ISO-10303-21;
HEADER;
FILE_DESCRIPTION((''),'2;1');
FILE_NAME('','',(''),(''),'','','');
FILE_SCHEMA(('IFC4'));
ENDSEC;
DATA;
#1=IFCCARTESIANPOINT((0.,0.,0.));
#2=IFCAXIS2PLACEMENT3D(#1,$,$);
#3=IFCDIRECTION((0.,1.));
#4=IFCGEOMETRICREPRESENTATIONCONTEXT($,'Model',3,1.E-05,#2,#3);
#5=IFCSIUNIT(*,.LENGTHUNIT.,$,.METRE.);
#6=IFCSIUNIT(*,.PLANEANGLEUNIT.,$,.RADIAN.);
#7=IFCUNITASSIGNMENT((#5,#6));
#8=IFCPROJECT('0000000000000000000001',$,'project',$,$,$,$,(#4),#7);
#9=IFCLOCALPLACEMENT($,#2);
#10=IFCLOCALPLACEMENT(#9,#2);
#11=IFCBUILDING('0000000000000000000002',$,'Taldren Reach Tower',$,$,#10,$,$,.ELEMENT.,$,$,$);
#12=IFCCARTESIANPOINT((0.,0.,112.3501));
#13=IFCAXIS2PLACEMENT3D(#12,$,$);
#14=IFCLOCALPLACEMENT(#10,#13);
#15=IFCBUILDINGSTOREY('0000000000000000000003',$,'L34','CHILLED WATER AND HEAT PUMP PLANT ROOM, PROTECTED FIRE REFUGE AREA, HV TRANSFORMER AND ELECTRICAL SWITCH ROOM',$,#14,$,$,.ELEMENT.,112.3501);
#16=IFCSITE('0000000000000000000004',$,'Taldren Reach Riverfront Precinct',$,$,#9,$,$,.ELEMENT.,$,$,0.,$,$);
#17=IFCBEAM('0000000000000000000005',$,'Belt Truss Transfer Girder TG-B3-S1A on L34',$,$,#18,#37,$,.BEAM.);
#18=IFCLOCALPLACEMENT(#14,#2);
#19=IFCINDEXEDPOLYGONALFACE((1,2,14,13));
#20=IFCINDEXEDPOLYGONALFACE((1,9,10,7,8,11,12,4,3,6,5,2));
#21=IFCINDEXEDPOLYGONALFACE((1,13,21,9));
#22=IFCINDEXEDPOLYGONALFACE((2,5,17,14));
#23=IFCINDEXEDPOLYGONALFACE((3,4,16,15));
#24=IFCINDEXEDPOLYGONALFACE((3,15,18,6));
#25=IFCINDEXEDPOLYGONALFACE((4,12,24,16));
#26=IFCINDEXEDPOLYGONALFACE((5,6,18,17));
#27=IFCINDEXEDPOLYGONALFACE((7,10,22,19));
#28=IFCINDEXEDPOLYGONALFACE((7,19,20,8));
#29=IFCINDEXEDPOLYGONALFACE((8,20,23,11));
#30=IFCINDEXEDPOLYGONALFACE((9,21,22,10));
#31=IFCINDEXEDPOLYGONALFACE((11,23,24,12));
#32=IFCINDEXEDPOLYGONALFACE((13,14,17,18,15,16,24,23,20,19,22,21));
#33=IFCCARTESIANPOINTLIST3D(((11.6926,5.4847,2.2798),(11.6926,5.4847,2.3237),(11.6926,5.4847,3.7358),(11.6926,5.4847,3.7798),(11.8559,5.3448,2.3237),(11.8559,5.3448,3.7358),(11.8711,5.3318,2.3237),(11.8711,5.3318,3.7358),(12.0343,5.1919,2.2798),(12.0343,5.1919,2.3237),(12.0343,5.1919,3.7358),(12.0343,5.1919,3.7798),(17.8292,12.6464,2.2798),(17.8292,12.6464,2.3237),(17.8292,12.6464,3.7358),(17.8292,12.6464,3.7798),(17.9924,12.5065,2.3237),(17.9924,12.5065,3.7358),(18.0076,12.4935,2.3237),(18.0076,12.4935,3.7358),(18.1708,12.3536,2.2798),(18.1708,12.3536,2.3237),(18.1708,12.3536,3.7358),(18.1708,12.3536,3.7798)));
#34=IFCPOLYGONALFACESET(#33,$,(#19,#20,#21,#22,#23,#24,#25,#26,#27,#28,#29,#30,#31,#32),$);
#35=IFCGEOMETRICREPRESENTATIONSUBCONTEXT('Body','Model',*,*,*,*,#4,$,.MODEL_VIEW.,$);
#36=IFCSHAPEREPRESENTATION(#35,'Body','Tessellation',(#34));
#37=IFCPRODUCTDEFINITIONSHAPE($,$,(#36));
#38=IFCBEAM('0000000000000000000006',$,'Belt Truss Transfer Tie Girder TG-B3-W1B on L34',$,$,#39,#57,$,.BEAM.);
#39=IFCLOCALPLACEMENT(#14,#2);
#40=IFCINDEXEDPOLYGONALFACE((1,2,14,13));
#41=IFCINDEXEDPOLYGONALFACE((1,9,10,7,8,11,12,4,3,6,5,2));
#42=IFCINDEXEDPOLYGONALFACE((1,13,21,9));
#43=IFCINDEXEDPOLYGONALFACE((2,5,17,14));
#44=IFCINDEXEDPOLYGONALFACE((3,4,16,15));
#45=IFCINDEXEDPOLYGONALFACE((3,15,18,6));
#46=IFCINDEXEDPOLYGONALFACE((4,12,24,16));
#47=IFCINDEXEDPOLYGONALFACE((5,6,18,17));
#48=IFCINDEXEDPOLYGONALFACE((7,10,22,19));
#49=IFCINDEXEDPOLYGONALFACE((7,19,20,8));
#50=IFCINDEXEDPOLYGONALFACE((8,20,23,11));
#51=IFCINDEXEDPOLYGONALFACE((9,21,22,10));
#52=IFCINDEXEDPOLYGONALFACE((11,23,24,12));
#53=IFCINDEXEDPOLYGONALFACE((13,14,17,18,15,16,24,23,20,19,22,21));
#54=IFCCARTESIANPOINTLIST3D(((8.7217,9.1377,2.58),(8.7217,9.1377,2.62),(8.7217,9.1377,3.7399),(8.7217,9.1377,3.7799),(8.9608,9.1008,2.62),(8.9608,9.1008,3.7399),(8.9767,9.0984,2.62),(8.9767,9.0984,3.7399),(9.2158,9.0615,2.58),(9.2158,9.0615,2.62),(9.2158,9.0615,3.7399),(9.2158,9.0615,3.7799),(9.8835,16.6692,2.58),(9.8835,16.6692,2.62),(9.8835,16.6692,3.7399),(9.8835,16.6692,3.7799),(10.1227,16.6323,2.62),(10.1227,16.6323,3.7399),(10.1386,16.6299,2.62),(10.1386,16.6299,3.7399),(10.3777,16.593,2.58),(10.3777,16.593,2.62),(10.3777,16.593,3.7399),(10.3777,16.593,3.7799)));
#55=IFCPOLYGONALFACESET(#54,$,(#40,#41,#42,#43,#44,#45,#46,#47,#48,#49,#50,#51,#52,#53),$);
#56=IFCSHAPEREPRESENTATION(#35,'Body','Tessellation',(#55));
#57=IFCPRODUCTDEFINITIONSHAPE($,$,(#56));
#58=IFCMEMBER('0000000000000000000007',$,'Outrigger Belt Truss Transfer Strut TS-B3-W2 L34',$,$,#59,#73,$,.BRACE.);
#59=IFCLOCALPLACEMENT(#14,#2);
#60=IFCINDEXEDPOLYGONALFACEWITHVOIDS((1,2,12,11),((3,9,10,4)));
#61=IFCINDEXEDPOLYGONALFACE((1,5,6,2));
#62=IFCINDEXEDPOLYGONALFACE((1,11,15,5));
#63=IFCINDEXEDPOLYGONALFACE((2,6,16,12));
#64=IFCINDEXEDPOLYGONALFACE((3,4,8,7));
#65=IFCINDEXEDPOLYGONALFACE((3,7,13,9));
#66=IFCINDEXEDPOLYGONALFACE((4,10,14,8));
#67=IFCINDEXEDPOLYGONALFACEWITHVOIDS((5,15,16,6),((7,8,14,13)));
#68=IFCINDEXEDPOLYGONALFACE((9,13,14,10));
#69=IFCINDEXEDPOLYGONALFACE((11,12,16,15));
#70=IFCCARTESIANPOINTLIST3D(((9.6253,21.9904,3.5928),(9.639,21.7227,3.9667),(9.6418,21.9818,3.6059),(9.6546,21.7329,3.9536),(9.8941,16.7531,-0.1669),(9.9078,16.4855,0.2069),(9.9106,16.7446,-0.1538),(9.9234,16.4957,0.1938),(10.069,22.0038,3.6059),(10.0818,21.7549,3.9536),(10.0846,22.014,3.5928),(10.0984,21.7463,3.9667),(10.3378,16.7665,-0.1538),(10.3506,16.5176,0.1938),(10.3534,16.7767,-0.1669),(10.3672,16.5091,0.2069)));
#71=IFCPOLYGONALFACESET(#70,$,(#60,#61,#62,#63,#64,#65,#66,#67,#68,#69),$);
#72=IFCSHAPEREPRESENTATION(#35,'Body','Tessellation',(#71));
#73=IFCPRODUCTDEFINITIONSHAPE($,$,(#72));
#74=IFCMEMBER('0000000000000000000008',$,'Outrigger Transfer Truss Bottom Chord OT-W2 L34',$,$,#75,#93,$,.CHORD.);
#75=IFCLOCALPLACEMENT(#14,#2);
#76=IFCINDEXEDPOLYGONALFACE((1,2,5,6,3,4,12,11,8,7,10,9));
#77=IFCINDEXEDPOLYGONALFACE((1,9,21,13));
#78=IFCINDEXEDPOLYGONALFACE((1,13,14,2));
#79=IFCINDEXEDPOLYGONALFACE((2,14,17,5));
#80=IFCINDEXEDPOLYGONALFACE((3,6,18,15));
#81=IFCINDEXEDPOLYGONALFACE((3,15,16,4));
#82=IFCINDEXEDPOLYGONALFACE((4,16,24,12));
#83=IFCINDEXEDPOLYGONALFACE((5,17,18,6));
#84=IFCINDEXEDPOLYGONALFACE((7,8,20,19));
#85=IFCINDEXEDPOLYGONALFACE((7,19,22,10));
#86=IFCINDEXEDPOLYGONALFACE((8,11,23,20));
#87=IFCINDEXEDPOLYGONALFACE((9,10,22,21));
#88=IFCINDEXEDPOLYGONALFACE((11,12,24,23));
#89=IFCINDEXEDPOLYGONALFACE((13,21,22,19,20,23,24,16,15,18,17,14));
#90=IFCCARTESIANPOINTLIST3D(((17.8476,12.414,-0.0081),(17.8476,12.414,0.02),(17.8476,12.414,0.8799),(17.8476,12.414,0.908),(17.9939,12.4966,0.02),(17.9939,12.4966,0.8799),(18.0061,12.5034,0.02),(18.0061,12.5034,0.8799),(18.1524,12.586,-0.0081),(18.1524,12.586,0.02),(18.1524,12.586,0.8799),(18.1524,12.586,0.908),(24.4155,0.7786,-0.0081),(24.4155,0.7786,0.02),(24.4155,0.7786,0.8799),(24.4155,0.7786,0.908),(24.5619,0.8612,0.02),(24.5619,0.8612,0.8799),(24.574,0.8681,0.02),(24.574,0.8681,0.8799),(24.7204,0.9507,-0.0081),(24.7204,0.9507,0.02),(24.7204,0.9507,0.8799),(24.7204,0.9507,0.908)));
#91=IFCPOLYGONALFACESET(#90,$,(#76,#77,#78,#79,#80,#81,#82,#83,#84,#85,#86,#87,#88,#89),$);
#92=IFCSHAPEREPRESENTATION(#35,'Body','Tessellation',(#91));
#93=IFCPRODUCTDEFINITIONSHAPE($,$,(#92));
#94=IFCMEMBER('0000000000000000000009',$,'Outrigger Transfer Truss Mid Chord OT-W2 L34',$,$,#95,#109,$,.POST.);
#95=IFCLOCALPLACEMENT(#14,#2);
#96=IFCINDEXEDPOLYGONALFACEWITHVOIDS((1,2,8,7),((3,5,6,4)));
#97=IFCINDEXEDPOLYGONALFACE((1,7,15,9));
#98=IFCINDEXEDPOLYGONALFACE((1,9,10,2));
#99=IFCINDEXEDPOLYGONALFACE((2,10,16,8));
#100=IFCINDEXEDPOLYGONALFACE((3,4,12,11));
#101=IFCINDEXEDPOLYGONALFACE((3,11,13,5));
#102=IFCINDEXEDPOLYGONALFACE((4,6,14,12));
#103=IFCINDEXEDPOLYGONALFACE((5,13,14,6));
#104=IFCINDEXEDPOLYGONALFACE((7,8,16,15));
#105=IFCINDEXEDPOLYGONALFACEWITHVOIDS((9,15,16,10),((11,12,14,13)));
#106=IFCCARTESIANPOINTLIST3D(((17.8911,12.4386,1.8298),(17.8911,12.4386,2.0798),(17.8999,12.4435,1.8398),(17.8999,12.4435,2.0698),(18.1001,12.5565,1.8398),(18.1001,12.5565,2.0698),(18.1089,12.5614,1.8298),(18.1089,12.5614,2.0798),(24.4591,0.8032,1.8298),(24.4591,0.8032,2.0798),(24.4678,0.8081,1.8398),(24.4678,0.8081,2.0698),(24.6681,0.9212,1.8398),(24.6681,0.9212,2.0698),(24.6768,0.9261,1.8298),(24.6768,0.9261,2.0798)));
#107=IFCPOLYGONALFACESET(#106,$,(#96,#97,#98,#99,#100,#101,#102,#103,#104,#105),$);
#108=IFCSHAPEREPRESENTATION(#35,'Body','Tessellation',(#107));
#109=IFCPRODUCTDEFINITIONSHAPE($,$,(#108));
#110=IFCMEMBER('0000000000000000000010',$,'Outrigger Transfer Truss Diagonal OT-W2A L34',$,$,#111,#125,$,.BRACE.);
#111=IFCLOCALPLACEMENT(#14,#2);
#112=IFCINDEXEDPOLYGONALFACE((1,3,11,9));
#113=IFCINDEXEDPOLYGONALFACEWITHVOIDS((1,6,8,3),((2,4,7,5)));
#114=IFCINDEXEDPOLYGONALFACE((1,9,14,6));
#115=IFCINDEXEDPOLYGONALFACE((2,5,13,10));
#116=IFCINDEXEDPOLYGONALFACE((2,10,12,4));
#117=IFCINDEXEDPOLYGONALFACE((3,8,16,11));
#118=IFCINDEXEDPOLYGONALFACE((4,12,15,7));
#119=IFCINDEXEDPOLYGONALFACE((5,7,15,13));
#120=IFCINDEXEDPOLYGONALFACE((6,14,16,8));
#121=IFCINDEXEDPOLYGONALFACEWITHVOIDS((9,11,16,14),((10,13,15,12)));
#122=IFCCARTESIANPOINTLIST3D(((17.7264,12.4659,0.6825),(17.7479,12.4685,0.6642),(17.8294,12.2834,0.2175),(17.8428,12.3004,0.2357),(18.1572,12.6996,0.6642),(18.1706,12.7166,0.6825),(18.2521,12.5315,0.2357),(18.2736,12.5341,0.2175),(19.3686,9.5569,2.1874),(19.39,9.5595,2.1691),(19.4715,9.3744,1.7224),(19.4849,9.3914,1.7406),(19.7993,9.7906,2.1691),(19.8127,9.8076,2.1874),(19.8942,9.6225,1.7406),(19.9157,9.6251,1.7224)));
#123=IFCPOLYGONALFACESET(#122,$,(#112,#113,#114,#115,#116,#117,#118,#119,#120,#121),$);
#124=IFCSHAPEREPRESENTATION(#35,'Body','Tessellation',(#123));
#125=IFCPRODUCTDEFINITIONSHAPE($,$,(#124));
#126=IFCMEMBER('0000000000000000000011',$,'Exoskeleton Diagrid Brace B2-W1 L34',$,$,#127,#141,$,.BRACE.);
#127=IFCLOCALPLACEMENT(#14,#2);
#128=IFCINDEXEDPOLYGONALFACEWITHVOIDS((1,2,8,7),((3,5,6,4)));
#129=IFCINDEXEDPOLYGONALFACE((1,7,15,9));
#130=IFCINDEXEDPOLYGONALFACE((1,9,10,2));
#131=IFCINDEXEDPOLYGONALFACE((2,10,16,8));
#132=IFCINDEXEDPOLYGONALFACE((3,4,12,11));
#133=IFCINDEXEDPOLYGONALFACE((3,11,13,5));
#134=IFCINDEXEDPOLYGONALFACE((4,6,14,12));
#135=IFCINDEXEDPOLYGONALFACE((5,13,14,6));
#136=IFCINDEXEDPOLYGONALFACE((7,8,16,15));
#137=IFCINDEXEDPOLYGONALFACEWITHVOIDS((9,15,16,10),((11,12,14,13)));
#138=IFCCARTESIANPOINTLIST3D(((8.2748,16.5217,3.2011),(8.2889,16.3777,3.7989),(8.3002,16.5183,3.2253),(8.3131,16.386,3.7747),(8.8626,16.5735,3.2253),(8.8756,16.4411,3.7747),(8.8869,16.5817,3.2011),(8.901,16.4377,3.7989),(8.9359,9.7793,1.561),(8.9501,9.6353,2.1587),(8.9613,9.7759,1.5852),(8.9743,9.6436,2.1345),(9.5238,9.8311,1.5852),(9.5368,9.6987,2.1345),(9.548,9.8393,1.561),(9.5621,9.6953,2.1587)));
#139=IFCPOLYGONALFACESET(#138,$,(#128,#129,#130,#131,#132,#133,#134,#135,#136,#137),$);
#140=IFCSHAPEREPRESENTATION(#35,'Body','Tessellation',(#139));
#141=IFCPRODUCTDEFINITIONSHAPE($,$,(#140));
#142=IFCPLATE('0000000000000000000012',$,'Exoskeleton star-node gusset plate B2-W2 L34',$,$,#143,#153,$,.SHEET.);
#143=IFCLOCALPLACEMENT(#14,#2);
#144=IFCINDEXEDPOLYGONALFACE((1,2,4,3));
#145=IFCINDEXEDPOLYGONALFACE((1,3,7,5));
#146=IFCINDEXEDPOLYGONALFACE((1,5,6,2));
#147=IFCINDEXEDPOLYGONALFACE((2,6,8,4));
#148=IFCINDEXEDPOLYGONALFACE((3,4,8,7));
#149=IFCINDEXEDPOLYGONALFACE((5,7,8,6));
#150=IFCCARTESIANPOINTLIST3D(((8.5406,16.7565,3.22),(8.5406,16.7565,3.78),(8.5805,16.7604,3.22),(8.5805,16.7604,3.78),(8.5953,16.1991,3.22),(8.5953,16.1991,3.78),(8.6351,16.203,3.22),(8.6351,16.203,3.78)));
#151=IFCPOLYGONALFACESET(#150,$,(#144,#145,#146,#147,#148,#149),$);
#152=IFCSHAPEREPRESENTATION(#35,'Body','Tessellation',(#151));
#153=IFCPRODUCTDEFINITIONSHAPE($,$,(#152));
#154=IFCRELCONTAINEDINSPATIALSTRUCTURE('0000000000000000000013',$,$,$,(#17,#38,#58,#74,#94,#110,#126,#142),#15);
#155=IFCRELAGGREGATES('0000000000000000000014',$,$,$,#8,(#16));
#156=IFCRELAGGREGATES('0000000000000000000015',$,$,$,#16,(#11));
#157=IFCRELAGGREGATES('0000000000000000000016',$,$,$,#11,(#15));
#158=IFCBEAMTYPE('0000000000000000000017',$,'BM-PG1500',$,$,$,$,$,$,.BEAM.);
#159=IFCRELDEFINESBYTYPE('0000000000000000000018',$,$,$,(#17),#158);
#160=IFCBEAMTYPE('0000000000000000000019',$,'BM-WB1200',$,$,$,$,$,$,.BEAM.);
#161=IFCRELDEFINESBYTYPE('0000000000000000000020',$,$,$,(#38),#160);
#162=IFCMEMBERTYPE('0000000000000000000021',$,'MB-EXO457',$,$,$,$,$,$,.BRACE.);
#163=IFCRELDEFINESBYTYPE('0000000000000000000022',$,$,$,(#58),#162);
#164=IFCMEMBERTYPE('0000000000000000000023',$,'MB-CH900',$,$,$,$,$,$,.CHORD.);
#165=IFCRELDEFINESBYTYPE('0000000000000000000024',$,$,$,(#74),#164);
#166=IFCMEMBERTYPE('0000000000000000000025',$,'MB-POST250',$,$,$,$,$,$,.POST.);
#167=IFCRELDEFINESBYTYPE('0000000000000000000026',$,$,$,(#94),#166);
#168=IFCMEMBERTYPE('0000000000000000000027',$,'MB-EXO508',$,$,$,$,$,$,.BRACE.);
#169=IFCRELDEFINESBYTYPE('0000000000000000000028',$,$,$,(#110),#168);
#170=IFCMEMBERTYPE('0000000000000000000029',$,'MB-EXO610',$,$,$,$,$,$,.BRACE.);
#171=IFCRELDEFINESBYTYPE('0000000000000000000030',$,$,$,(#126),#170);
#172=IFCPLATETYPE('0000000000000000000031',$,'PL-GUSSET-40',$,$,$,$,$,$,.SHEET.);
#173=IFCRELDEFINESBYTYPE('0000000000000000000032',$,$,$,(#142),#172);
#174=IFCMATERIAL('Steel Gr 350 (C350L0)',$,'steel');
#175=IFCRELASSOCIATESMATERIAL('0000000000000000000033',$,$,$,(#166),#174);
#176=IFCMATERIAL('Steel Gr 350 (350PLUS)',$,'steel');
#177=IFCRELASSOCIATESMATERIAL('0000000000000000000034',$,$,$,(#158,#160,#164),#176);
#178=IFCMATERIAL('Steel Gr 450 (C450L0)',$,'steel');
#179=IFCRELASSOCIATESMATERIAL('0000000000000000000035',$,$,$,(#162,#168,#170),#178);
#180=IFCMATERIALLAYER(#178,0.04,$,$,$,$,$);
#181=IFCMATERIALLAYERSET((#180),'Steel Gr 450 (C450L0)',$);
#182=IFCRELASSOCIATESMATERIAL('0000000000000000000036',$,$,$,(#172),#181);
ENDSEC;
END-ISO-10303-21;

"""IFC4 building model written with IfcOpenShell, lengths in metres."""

from ifc_helpers import new_model, si_unit, direction, frame, origin, origin_2d, place, context, subcontext, project, spatial, rectangle, hollow_rectangle, i_section, extrude, source, transform, mapped, material, layer, layer_set, material_profile, profile_set, type_object, element, save


model = new_model("IFC4")

# Units and contexts
model_context = context("Model", 3, precision=1e-05, world=origin(), true_north=direction((0.0, 1.0)))
body_context = subcontext(model_context, "Body", "Model", "MODEL_VIEW")
ifc_project = project(units=[si_unit("LENGTHUNIT", "METRE"), si_unit("PLANEANGLEUNIT", "RADIAN")], contexts=[model_context])

# Site, building, storey
site_placement = place(None, origin())
site = spatial("IfcSite", under=ifc_project, at=site_placement, Name="Taldren Reach Riverfront Precinct", CompositionType="ELEMENT", RefElevation=0.0)
building_placement = place(site_placement, origin())
building = spatial("IfcBuilding", under=site, at=building_placement, Name="Taldren Reach Tower", CompositionType="ELEMENT")
storey_placement = place(building_placement, frame((0.0, 0.0, 112.3501)))
storey = spatial("IfcBuildingStorey", under=building, at=storey_placement, Name="L34", Description="CHILLED WATER AND HEAT PUMP PLANT ROOM, PROTECTED FIRE REFUGE AREA, HV TRANSFORMER AND ELECTRICAL SWITCH ROOM", CompositionType="ELEMENT", Elevation=112.3501)

# Shared definitions
ifc_material_1 = material(Name="Steel Gr 350 (350PLUS)", Category="steel")

# Shared definitions
ifc_material_2 = material(Name="Steel Gr 450 (C450L0)", Category="steel")
ifc_material_3 = material(Name="Steel Gr 350 (C350L0)", Category="steel")
ifc_material_profile_1 = material_profile(ifc_material_3, hollow_rectangle(XDim=0.25, YDim=0.25, WallThickness=0.01, at=origin_2d()), Name="250x250x10.0SHS")
ifc_profile_set_1 = profile_set([ifc_material_profile_1], Name="Steel Gr 350 (C350L0)")
member_type_1 = type_object("IfcMemberType", Name="MB-POST250", PredefinedType="POST", material=ifc_profile_set_1)

# Beams
ifc_material_profile_2 = material_profile(ifc_material_1, i_section(OverallWidth=0.45, OverallDepth=1.5, WebThickness=0.02, FlangeThickness=0.0439, at=origin_2d()), Name="1500WB550")
ifc_profile_set_2 = profile_set([ifc_material_profile_2], Name="Steel Gr 350 (350PLUS)")
beam_type_1 = type_object("IfcBeamType", Name="BM-PG1500", PredefinedType="BEAM", material=ifc_profile_set_2)
shared_shape_1 = source(origin(), body_context, "Body", "SweptSolid", [
    extrude(i_section(OverallWidth=0.45, OverallDepth=1.5, WebThickness=0.02, FlangeThickness=0.0439, at=origin_2d()), origin(), (0.0, 0.0, 1.0), 9.4312),
])
beam_1_placement = place(storey_placement, frame((18.0, 12.5, 3.0298), z_axis=(-0.650666, -0.759364, 0.0), x_axis=(0.759364, -0.650666, 0.0)))
element("IfcBeam", 1, at=beam_1_placement, inside=storey, type_object=beam_type_1, Name="Belt Truss Transfer Girder TG-B3-S1A on L34", PredefinedType="BEAM", context=body_context, shape_type="MappedRepresentation", body=[
    mapped(shared_shape_1, transform((0.0, 0.0, 0.0), scale=1.0)),
])
ifc_material_profile_3 = material_profile(ifc_material_1, i_section(OverallWidth=0.5, OverallDepth=1.2, WebThickness=0.0161, FlangeThickness=0.04, at=origin_2d()), Name="1200WB455")
ifc_profile_set_3 = profile_set([ifc_material_profile_3], Name="Steel Gr 350 (350PLUS)")
beam_type_2 = type_object("IfcBeamType", Name="BM-WB1200", PredefinedType="BEAM", material=ifc_profile_set_3)
shared_shape_2 = source(origin(), body_context, "Body", "SweptSolid", [
    extrude(i_section(OverallWidth=0.5, OverallDepth=1.2, WebThickness=0.0161, FlangeThickness=0.04, at=origin_2d()), origin(), (0.0, 0.0, 1.0), 7.6206),
])
beam_2_placement = place(storey_placement, frame((10.1306, 16.6311, 3.1799), z_axis=(-0.152464, -0.988309, 0.0), x_axis=(0.988309, -0.152464, 0.0)))
element("IfcBeam", 2, at=beam_2_placement, inside=storey, type_object=beam_type_2, Name="Belt Truss Transfer Tie Girder TG-B3-W1B on L34", PredefinedType="BEAM", context=body_context, shape_type="MappedRepresentation", body=[
    mapped(shared_shape_2, transform((0.0, 0.0, 0.0), scale=1.0)),
])

# Members
ifc_material_profile_4 = material_profile(ifc_material_2, hollow_rectangle(XDim=0.46, YDim=0.46, WallThickness=0.0161, at=origin_2d()), Name="460x460x16.0SHS")
ifc_profile_set_4 = profile_set([ifc_material_profile_4], Name="Steel Gr 450 (C450L0)")
member_type_2 = type_object("IfcMemberType", Name="MB-EXO457", PredefinedType="BRACE", material=ifc_profile_set_4)
shared_shape_3 = source(origin(), body_context, "Body", "SweptSolid", [
    extrude(hollow_rectangle(XDim=0.46, YDim=0.46, WallThickness=0.0161, at=origin_2d()), origin(), (0.0, 0.0, 1.0), 6.4526),
])
member_1_placement = place(storey_placement, frame((10.1306, 16.6311, 0.02), z_axis=(-0.041657, 0.811644, 0.582665), x_axis=(-0.998686, -0.051256, 0.0)))
element("IfcMember", 3, at=member_1_placement, inside=storey, type_object=member_type_2, Name="Outrigger Belt Truss Transfer Strut TS-B3-W2 L34", PredefinedType="BRACE", context=body_context, shape_type="MappedRepresentation", body=[
    mapped(shared_shape_3, transform((0.0, 0.0, 0.0), scale=1.0)),
])
ifc_material_profile_5 = material_profile(ifc_material_1, i_section(OverallWidth=0.3501, OverallDepth=0.916, WebThickness=0.0139, FlangeThickness=0.0281, at=origin_2d()), Name="900WB257")
ifc_profile_set_5 = profile_set([ifc_material_profile_5], Name="Steel Gr 350 (350PLUS)")
member_type_3 = type_object("IfcMemberType", Name="MB-CH900", PredefinedType="CHORD", material=ifc_profile_set_5)
shared_shape_4 = source(origin(), body_context, "Body", "SweptSolid", [
    extrude(i_section(OverallWidth=0.3501, OverallDepth=0.916, WebThickness=0.0139, FlangeThickness=0.0281, at=origin_2d()), origin(), (0.0, 0.0, 1.0), 13.3611),
])
member_2_placement = place(storey_placement, frame((18.0, 12.5, 0.45), z_axis=(0.491571, -0.870838, 0.0), x_axis=(0.870838, 0.491571, 0.0)))
element("IfcMember", 4, at=member_2_placement, inside=storey, type_object=member_type_3, Name="Outrigger Transfer Truss Bottom Chord OT-W2 L34", PredefinedType="CHORD", context=body_context, shape_type="MappedRepresentation", body=[
    mapped(shared_shape_4, transform((0.0, 0.0, 0.0), scale=1.0)),
])
shared_shape_5 = source(origin(), body_context, "Body", "SweptSolid", [
    extrude(hollow_rectangle(XDim=0.25, YDim=0.25, WallThickness=0.01, at=origin_2d()), origin(), (0.0, 0.0, 1.0), 13.3611),
])
member_3_placement = place(storey_placement, frame((18.0, 12.5, 1.9548), z_axis=(0.491571, -0.870838, 0.0), x_axis=(0.870838, 0.491571, 0.0)))
element("IfcMember", 5, at=member_3_placement, inside=storey, type_object=member_type_1, Name="Outrigger Transfer Truss Mid Chord OT-W2 L34", PredefinedType="POST", context=body_context, shape_type="MappedRepresentation", body=[
    mapped(shared_shape_5, transform((0.0, 0.0, 0.0), scale=1.0)),
])
ifc_material_profile_6 = material_profile(ifc_material_2, hollow_rectangle(XDim=0.51, YDim=0.51, WallThickness=0.02, at=origin_2d()), Name="510x510x20.0SHS")
ifc_profile_set_6 = profile_set([ifc_material_profile_6], Name="Steel Gr 450 (C450L0)")
member_type_4 = type_object("IfcMemberType", Name="MB-EXO508", PredefinedType="BRACE", material=ifc_profile_set_6)
shared_shape_6 = source(origin(), body_context, "Body", "SweptSolid", [
    extrude(hollow_rectangle(XDim=0.51, YDim=0.51, WallThickness=0.02, at=origin_2d()), origin(), (0.0, 0.0, 1.0), 3.6638),
])
member_4_placement = place(storey_placement, frame((18.0, 12.5, 0.45), z_axis=(0.4482, -0.793978, 0.41075), x_axis=(0.870831, 0.491583, 0.0)))
element("IfcMember", 6, at=member_4_placement, inside=storey, type_object=member_type_4, Name="Outrigger Transfer Truss Diagonal OT-W2A L34", PredefinedType="BRACE", context=body_context, shape_type="MappedRepresentation", body=[
    mapped(shared_shape_6, transform((0.0, 0.0, 0.0), scale=1.0)),
])
ifc_material_profile_7 = material_profile(ifc_material_2, hollow_rectangle(XDim=0.615, YDim=0.615, WallThickness=0.0249, at=origin_2d()), Name="615x615x25.0SHS")
ifc_profile_set_7 = profile_set([ifc_material_profile_7], Name="Steel Gr 450 (C450L0)")
member_type_5 = type_object("IfcMemberType", Name="MB-EXO610", PredefinedType="BRACE", material=ifc_profile_set_7)
shared_shape_7 = source(origin(), body_context, "Body", "SweptSolid", [
    extrude(hollow_rectangle(XDim=0.615, YDim=0.615, WallThickness=0.0249, at=origin_2d()), origin(), (0.0, 0.0, 1.0), 6.9705),
])
member_5_placement = place(storey_placement, frame((9.249, 9.7373, 1.8599), z_axis=(-0.094848, 0.967284, 0.235298), x_axis=(-0.995227, -0.097588, 0.0)))
element("IfcMember", 7, at=member_5_placement, inside=storey, type_object=member_type_5, Name="Exoskeleton Diagrid Brace B2-W1 L34", PredefinedType="BRACE", context=body_context, shape_type="MappedRepresentation", body=[
    mapped(shared_shape_7, transform((0.0, 0.0, 0.0), scale=1.0)),
])

# Plate
ifc_layer_1 = layer(ifc_material_2, 0.04)
ifc_layer_set_1 = layer_set([ifc_layer_1], Name="Steel Gr 450 (C450L0)")
plate_type_1 = type_object("IfcPlateType", Name="PL-GUSSET-40", PredefinedType="SHEET", material=ifc_layer_set_1)
shared_shape_8 = source(origin(), body_context, "Body", "SweptSolid", [
    extrude(rectangle(XDim=0.5601, YDim=0.04, at=origin_2d()), origin(), (0.0, 0.0, 1.0), 0.5601),
])
plate_1_placement = place(storey_placement, frame((8.5879, 16.4797, 3.22), z_axis=(0.0, 0.0, 1.0), x_axis=(-0.097583, 0.995227, 0.0)))
element("IfcPlate", 8, at=plate_1_placement, inside=storey, type_object=plate_type_1, Name="Exoskeleton star-node gusset plate B2-W2 L34", PredefinedType="SHEET", context=body_context, shape_type="MappedRepresentation", body=[
    mapped(shared_shape_8, transform((0.0, 0.0, 0.0), scale=1.0)),
])

save(model, "model.ifc")
